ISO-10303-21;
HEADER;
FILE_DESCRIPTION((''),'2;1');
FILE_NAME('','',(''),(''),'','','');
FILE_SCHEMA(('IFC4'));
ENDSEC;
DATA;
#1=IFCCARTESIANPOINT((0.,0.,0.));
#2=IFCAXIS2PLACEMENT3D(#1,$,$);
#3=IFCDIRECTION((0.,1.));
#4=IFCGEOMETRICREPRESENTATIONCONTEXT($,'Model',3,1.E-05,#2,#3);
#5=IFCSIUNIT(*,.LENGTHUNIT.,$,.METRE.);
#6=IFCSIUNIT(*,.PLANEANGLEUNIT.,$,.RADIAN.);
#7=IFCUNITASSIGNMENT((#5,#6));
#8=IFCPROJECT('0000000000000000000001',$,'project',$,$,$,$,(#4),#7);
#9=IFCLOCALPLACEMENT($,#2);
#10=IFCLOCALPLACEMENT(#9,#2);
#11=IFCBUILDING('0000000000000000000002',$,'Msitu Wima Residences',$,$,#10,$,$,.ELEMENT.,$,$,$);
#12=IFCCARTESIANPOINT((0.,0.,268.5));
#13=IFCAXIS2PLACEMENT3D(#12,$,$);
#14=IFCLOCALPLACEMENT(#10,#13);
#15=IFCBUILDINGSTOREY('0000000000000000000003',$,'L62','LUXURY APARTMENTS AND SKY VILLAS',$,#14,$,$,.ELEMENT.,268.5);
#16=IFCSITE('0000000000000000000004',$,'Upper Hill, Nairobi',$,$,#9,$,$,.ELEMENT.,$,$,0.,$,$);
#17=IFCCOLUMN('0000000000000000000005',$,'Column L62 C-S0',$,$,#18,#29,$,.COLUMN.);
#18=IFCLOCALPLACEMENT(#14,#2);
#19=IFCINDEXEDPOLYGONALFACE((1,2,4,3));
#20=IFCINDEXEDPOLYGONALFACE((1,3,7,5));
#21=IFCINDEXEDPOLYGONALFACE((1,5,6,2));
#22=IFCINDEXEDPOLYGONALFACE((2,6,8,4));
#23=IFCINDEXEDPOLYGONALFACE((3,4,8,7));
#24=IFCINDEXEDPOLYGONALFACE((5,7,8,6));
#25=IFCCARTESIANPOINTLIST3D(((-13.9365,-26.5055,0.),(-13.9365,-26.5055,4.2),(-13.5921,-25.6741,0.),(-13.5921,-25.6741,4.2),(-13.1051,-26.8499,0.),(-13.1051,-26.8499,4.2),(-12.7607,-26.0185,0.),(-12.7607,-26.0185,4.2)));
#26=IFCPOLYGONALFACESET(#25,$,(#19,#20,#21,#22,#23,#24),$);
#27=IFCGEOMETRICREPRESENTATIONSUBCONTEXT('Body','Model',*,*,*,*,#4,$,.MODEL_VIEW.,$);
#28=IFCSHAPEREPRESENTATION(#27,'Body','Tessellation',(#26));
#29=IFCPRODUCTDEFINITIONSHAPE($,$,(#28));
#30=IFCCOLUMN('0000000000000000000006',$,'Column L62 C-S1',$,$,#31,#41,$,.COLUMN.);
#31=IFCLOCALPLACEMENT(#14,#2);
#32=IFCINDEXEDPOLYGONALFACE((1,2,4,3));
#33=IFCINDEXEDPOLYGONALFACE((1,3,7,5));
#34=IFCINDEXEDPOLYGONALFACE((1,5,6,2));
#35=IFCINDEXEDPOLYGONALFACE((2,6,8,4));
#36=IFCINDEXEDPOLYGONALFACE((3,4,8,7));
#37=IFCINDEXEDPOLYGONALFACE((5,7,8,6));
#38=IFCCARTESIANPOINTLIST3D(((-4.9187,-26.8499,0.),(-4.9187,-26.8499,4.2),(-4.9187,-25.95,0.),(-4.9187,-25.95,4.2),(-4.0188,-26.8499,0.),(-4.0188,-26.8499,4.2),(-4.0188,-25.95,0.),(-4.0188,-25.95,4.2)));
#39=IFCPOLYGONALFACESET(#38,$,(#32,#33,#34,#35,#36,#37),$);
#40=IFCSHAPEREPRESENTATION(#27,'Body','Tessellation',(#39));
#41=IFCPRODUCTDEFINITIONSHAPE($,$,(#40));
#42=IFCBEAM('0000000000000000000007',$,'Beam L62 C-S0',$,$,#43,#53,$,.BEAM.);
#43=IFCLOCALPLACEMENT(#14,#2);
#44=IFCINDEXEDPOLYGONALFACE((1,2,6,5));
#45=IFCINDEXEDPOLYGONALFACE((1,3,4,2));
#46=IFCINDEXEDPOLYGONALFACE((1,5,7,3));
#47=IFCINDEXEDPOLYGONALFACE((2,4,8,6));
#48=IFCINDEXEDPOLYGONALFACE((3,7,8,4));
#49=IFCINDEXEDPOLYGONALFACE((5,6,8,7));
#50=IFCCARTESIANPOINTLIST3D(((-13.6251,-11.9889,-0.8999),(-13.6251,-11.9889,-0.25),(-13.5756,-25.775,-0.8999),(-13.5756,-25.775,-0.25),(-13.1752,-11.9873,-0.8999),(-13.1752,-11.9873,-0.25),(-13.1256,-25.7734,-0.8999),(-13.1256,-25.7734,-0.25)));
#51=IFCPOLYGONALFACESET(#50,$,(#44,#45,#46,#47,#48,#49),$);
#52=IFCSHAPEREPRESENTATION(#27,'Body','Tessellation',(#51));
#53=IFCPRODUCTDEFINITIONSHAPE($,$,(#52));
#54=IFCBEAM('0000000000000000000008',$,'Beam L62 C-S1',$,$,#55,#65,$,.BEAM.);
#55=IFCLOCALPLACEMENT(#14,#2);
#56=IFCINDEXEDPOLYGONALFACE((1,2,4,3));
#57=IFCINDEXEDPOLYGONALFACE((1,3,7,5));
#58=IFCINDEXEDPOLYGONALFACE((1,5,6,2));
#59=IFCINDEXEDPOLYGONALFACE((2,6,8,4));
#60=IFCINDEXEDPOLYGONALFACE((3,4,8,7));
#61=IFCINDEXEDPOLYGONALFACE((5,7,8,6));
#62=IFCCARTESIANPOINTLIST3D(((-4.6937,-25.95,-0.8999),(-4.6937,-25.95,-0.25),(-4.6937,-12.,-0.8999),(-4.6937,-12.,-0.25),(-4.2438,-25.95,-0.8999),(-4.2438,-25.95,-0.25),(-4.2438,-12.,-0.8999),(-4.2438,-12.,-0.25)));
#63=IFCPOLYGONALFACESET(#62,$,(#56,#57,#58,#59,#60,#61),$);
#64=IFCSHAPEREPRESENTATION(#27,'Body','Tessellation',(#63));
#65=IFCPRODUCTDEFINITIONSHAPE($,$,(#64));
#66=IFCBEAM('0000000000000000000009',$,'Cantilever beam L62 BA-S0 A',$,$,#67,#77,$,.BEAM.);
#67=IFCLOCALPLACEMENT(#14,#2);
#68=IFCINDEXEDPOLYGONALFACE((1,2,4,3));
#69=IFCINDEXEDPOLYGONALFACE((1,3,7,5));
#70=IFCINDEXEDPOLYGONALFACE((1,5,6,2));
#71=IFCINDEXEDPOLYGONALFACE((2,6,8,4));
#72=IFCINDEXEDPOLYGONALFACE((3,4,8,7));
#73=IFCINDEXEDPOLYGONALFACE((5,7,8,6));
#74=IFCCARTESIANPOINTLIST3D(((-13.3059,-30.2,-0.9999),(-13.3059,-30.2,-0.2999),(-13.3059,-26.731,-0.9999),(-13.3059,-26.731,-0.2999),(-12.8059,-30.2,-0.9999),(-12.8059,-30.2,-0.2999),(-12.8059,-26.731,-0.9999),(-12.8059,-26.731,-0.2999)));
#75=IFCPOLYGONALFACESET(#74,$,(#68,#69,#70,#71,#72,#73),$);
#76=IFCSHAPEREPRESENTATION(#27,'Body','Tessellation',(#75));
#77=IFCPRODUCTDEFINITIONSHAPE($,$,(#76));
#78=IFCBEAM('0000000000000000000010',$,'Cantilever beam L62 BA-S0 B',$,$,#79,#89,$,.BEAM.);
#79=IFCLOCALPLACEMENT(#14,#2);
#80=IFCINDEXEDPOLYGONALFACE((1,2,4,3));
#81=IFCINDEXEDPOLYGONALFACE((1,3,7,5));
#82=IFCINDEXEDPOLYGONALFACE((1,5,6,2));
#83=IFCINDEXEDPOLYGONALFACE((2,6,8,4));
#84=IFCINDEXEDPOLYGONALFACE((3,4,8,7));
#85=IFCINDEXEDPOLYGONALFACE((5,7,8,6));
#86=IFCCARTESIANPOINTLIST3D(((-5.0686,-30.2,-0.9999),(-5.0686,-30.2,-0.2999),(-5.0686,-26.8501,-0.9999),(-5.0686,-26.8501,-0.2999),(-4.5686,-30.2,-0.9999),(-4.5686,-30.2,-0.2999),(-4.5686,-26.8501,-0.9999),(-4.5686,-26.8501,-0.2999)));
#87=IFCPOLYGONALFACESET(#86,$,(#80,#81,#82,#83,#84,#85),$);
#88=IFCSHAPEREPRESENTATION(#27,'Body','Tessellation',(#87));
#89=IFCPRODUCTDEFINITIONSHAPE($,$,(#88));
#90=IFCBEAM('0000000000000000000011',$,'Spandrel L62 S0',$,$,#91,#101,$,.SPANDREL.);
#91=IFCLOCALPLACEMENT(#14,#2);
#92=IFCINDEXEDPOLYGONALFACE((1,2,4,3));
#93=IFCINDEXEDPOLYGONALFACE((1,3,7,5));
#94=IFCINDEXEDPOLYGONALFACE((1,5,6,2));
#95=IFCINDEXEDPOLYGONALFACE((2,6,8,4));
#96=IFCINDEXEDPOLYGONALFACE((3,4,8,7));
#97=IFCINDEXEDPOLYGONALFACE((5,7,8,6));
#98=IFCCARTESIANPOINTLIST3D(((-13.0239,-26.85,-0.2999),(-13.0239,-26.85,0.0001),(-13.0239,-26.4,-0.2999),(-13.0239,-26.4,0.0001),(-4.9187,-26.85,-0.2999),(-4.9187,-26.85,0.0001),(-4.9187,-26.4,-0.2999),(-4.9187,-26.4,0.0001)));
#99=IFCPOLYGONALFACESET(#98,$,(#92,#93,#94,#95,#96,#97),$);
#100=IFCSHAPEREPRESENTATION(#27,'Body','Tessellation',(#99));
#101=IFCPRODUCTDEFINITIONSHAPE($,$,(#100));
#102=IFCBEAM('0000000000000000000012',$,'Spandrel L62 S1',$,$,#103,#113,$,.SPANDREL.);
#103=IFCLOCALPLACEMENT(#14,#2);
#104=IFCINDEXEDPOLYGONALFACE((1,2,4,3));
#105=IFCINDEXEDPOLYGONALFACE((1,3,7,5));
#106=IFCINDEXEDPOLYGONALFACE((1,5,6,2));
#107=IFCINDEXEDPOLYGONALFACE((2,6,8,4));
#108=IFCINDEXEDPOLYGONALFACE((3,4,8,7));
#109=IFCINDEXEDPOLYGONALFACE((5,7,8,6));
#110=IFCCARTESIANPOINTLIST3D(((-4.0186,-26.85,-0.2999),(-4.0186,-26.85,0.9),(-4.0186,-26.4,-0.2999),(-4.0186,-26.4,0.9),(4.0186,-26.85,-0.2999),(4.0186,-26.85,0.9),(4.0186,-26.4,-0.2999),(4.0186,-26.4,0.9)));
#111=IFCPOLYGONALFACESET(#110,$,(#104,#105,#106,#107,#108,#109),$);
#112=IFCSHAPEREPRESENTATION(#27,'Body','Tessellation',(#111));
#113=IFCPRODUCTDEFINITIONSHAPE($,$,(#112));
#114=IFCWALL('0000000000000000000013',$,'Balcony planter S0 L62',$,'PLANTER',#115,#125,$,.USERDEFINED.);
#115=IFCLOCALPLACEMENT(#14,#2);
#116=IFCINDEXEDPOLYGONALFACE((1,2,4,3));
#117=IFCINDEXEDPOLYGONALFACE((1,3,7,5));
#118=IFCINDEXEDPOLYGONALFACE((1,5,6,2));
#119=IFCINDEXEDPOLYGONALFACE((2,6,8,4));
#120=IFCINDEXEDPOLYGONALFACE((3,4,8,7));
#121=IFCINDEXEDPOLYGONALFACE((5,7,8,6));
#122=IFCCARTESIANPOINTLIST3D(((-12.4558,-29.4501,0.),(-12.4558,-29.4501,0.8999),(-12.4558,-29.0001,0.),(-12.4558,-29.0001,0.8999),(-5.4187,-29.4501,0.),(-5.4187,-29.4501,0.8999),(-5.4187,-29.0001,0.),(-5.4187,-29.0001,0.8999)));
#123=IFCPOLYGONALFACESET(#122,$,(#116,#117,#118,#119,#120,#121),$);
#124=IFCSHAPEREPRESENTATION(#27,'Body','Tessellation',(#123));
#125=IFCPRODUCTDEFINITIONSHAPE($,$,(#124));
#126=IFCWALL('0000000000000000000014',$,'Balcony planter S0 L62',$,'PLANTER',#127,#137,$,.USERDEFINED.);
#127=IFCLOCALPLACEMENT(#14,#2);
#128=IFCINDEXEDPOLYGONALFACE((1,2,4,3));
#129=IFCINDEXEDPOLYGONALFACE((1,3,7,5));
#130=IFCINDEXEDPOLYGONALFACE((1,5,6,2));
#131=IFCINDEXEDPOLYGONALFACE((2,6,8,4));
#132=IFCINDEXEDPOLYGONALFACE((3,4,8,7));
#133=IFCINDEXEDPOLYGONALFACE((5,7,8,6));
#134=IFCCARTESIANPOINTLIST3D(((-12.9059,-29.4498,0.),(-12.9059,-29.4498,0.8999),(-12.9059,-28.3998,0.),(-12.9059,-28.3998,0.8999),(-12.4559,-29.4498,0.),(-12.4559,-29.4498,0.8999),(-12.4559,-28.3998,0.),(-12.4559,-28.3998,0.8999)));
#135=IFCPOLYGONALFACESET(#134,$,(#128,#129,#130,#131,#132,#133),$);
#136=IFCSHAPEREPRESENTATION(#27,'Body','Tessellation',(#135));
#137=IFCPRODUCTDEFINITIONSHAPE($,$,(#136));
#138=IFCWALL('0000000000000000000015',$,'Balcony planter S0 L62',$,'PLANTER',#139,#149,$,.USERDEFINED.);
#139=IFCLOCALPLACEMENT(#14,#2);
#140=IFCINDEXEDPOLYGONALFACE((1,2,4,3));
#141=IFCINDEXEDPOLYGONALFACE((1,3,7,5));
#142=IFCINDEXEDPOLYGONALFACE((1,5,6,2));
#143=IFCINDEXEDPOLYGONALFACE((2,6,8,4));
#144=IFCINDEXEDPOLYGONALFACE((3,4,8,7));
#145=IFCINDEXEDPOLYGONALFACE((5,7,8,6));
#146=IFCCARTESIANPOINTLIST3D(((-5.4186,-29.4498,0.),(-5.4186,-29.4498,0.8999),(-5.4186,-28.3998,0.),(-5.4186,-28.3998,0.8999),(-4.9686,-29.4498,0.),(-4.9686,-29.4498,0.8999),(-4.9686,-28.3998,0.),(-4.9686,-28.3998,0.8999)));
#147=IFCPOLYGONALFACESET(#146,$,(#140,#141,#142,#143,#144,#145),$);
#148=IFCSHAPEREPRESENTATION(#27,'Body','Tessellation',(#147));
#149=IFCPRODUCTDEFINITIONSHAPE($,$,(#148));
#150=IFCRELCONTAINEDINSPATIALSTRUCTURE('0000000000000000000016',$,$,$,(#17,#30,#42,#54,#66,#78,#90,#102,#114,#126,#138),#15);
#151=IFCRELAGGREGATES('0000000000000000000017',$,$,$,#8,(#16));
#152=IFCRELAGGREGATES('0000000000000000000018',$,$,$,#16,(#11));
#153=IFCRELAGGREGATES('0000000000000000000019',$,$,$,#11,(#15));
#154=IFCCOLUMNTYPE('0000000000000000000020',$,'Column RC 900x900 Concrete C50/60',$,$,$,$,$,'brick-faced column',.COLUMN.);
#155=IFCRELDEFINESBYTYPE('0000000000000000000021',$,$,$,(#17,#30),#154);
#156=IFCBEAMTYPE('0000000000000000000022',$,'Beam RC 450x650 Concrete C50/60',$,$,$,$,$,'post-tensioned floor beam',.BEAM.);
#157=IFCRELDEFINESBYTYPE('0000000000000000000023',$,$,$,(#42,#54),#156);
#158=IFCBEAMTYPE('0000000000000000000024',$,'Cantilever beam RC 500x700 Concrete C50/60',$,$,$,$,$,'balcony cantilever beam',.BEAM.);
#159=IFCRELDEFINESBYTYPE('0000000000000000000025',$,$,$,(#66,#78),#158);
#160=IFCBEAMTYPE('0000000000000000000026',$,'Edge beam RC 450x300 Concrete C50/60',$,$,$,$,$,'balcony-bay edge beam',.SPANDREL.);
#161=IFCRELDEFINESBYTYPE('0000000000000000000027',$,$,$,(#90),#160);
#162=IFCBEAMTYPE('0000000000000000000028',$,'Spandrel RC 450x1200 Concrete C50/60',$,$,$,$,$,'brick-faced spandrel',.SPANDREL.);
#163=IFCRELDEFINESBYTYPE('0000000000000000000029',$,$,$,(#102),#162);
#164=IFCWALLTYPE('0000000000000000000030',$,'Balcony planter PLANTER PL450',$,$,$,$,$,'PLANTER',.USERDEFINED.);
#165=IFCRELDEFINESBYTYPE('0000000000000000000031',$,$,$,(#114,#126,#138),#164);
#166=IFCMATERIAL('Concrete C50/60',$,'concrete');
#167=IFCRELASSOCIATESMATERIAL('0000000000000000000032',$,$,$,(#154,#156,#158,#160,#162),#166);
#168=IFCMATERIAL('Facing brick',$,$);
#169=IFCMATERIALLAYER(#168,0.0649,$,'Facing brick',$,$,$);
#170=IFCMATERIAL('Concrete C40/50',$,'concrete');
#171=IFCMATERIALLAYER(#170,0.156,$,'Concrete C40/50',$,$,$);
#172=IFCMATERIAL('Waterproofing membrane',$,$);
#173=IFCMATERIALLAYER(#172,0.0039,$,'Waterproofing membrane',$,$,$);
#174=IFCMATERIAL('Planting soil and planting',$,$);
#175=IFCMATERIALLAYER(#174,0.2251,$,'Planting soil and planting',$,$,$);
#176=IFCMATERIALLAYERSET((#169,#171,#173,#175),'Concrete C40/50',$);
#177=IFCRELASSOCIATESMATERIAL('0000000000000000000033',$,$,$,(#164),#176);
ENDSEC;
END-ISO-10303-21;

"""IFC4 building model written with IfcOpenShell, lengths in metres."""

from ifc_helpers import new_model, si_unit, direction, frame, frame_2d, origin, origin_2d, place, context, subcontext, project, spatial, rectangle, extrude, material, layer, layer_set, material_profile, profile_set, type_object, element, save


model = new_model("IFC4")

# Units and contexts
model_context = context("Model", 3, precision=1e-05, world=origin(), true_north=direction((0.0, 1.0)))
body_context = subcontext(model_context, "Body", "Model", "MODEL_VIEW")
ifc_project = project(units=[si_unit("LENGTHUNIT", "METRE"), si_unit("PLANEANGLEUNIT", "RADIAN")], contexts=[model_context])

# Site, building, storey
site_placement = place(None, origin())
site = spatial("IfcSite", under=ifc_project, at=site_placement, Name="Upper Hill, Nairobi", CompositionType="ELEMENT", RefElevation=0.0)
building_placement = place(site_placement, origin())
building = spatial("IfcBuilding", under=site, at=building_placement, Name="Msitu Wima Residences", CompositionType="ELEMENT")
storey_placement = place(building_placement, frame((0.0, 0.0, 268.5)))
storey = spatial("IfcBuildingStorey", under=building, at=storey_placement, Name="L62", Description="LUXURY APARTMENTS AND SKY VILLAS", CompositionType="ELEMENT", Elevation=268.5)

# Columns
ifc_material_1 = material(Name="Concrete C50/60", Category="concrete")
ifc_material_profile_1 = material_profile(ifc_material_1, rectangle(XDim=0.8999, YDim=0.8999, at=origin_2d()), Name="RC 900x900")
ifc_profile_set_1 = profile_set([ifc_material_profile_1], Name="Concrete C50/60")
column_type = type_object("IfcColumnType", Name="Column RC 900x900 Concrete C50/60", ElementType="brick-faced column", PredefinedType="COLUMN", material=ifc_profile_set_1)
for number, where, z_axis, x_axis, name in (
    (1, (-13.3486, -26.262, 0.0), (0.0, 0.0, 1.0), (0.92388, -0.382683, 0.0), "Column L62 C-S0"),
    (2, (-4.4688, -26.3999, 0.0), (0.0, 0.0, 1.0), (1.0, 0.0, 0.0), "Column L62 C-S1"),
):
    element("IfcColumn", number, at=place(storey_placement, frame(where, z_axis=z_axis, x_axis=x_axis)), inside=storey, type_object=column_type, Name=name, PredefinedType="COLUMN", context=body_context, shape_type="SweptSolid", body=[
        extrude(rectangle(XDim=0.8999, YDim=0.8999, at=origin_2d()), origin(), (0.0, 0.0, 1.0), 4.2),
    ])

# Beams
ifc_material_profile_2 = material_profile(ifc_material_1, rectangle(XDim=0.45, YDim=0.6499, at=origin_2d()), Name="RC 450x650")
ifc_profile_set_2 = profile_set([ifc_material_profile_2], Name="Concrete C50/60")
beam_type_1 = type_object("IfcBeamType", Name="Beam RC 450x650 Concrete C50/60", ElementType="post-tensioned floor beam", PredefinedType="BEAM", material=ifc_profile_set_2)
beam_1_placement = place(storey_placement, frame((-13.3506, -25.7742, -0.575), z_axis=(-0.003595, 0.999994, 0.0), x_axis=(-0.999994, -0.003595, 0.0)))
element("IfcBeam", 3, at=beam_1_placement, inside=storey, type_object=beam_type_1, Name="Beam L62 C-S0", PredefinedType="BEAM", context=body_context, shape_type="SweptSolid", body=[
    extrude(rectangle(XDim=0.45, YDim=0.6499, at=origin_2d()), origin(), (0.0, 0.0, 1.0), 13.7861),
])
beam_2_placement = place(storey_placement, frame((-4.4688, -25.95, -0.575), z_axis=(0.0, 1.0, 0.0), x_axis=(-1.0, 0.0, 0.0)))
element("IfcBeam", 4, at=beam_2_placement, inside=storey, type_object=beam_type_1, Name="Beam L62 C-S1", PredefinedType="BEAM", context=body_context, shape_type="SweptSolid", body=[
    extrude(rectangle(XDim=0.45, YDim=0.6499, at=origin_2d()), origin(), (0.0, 0.0, 1.0), 13.95),
])
ifc_material_profile_3 = material_profile(ifc_material_1, rectangle(XDim=0.5, YDim=0.7, at=origin_2d()), Name="RC 500x700")
ifc_profile_set_3 = profile_set([ifc_material_profile_3], Name="Concrete C50/60")
beam_type_2 = type_object("IfcBeamType", Name="Cantilever beam RC 500x700 Concrete C50/60", ElementType="balcony cantilever beam", PredefinedType="BEAM", material=ifc_profile_set_3)
beam_3_placement = place(storey_placement, frame((-13.0559, -26.731, -0.6499), z_axis=(0.0, -1.0, 0.0), x_axis=(1.0, 0.0, 0.0)))
element("IfcBeam", 5, at=beam_3_placement, inside=storey, type_object=beam_type_2, Name="Cantilever beam L62 BA-S0 A", PredefinedType="BEAM", context=body_context, shape_type="SweptSolid", body=[
    extrude(rectangle(XDim=0.5, YDim=0.7, at=origin_2d()), origin(), (0.0, 0.0, 1.0), 3.469),
])
beam_4_placement = place(storey_placement, frame((-4.8186, -26.8501, -0.6499), z_axis=(0.0, -1.0, 0.0), x_axis=(1.0, 0.0, 0.0)))
element("IfcBeam", 6, at=beam_4_placement, inside=storey, type_object=beam_type_2, Name="Cantilever beam L62 BA-S0 B", PredefinedType="BEAM", context=body_context, shape_type="SweptSolid", body=[
    extrude(rectangle(XDim=0.5, YDim=0.7, at=origin_2d()), origin(), (0.0, 0.0, 1.0), 3.3499),
])
ifc_material_profile_4 = material_profile(ifc_material_1, rectangle(XDim=0.45, YDim=0.3, at=origin_2d()), Name="RC 450x300")
ifc_profile_set_4 = profile_set([ifc_material_profile_4], Name="Concrete C50/60")
beam_type_3 = type_object("IfcBeamType", Name="Edge beam RC 450x300 Concrete C50/60", ElementType="balcony-bay edge beam", PredefinedType="SPANDREL", material=ifc_profile_set_4)
beam_5_placement = place(storey_placement, frame((-13.0239, -26.625, -0.1499), z_axis=(1.0, 0.0, 0.0), x_axis=(0.0, 1.0, 0.0)))
element("IfcBeam", 7, at=beam_5_placement, inside=storey, type_object=beam_type_3, Name="Spandrel L62 S0", PredefinedType="SPANDREL", context=body_context, shape_type="SweptSolid", body=[
    extrude(rectangle(XDim=0.45, YDim=0.3, at=origin_2d()), origin(), (0.0, 0.0, 1.0), 8.1052),
])
ifc_material_profile_5 = material_profile(ifc_material_1, rectangle(XDim=0.45, YDim=1.2, at=origin_2d()), Name="RC 450x1200")
ifc_profile_set_5 = profile_set([ifc_material_profile_5], Name="Concrete C50/60")
beam_type_4 = type_object("IfcBeamType", Name="Spandrel RC 450x1200 Concrete C50/60", ElementType="brick-faced spandrel", PredefinedType="SPANDREL", material=ifc_profile_set_5)
beam_6_placement = place(storey_placement, frame((-4.0186, -26.625, 0.3), z_axis=(1.0, 0.0, 0.0), x_axis=(0.0, 1.0, 0.0)))
element("IfcBeam", 8, at=beam_6_placement, inside=storey, type_object=beam_type_4, Name="Spandrel L62 S1", PredefinedType="SPANDREL", context=body_context, shape_type="SweptSolid", body=[
    extrude(rectangle(XDim=0.45, YDim=1.2, at=origin_2d()), origin(), (0.0, 0.0, 1.0), 8.0371),
])

# Walls
ifc_material_2 = material(Name="Facing brick")
ifc_layer_1 = layer(ifc_material_2, 0.0649, Name="Facing brick")
ifc_material_3 = material(Name="Concrete C40/50", Category="concrete")
ifc_layer_2 = layer(ifc_material_3, 0.156, Name="Concrete C40/50")
ifc_material_4 = material(Name="Waterproofing membrane")
ifc_layer_3 = layer(ifc_material_4, 0.0039, Name="Waterproofing membrane")
ifc_material_5 = material(Name="Planting soil and planting")
ifc_layer_4 = layer(ifc_material_5, 0.2251, Name="Planting soil and planting")
ifc_layer_set_1 = layer_set([ifc_layer_1, ifc_layer_2, ifc_layer_3, ifc_layer_4], Name="Concrete C40/50")
wall_type_1 = type_object("IfcWallType", Name="Balcony planter PLANTER PL450", ElementType="PLANTER", PredefinedType="USERDEFINED", material=ifc_layer_set_1)
wall_1_placement = place(storey_placement, frame((-12.4558, -29.2251, 0.0), z_axis=(0.0, 0.0, 1.0), x_axis=(1.0, 0.0, 0.0)))
element("IfcWall", 9, at=wall_1_placement, inside=storey, type_object=wall_type_1, Name="Balcony planter S0 L62", ObjectType="PLANTER", PredefinedType="USERDEFINED", context=body_context, shape_type="SweptSolid", body=[
    extrude(rectangle(XDim=7.0371, YDim=0.45, at=frame_2d((3.5186, 0.0))), origin(), (0.0, 0.0, 1.0), 0.8999),
])
for number, where, z_axis, x_axis, name in (
    (10, (-12.6809, -28.3999, 0.0), (0.0, 0.0, 1.0), (0.0, -1.0, 0.0), "Balcony planter S0 L62"),
    (11, (-5.1936, -28.3999, 0.0), (0.0, 0.0, 1.0), (0.0, -1.0, 0.0), "Balcony planter S0 L62"),
):
    element("IfcWall", number, at=place(storey_placement, frame(where, z_axis=z_axis, x_axis=x_axis)), inside=storey, type_object=wall_type_1, Name=name, ObjectType="PLANTER", PredefinedType="USERDEFINED", context=body_context, shape_type="SweptSolid", body=[
        extrude(rectangle(XDim=1.05, YDim=0.45, at=frame_2d((0.5249, 0.0))), origin(), (0.0, 0.0, 1.0), 0.8999),
    ])

save(model, "model.ifc")
